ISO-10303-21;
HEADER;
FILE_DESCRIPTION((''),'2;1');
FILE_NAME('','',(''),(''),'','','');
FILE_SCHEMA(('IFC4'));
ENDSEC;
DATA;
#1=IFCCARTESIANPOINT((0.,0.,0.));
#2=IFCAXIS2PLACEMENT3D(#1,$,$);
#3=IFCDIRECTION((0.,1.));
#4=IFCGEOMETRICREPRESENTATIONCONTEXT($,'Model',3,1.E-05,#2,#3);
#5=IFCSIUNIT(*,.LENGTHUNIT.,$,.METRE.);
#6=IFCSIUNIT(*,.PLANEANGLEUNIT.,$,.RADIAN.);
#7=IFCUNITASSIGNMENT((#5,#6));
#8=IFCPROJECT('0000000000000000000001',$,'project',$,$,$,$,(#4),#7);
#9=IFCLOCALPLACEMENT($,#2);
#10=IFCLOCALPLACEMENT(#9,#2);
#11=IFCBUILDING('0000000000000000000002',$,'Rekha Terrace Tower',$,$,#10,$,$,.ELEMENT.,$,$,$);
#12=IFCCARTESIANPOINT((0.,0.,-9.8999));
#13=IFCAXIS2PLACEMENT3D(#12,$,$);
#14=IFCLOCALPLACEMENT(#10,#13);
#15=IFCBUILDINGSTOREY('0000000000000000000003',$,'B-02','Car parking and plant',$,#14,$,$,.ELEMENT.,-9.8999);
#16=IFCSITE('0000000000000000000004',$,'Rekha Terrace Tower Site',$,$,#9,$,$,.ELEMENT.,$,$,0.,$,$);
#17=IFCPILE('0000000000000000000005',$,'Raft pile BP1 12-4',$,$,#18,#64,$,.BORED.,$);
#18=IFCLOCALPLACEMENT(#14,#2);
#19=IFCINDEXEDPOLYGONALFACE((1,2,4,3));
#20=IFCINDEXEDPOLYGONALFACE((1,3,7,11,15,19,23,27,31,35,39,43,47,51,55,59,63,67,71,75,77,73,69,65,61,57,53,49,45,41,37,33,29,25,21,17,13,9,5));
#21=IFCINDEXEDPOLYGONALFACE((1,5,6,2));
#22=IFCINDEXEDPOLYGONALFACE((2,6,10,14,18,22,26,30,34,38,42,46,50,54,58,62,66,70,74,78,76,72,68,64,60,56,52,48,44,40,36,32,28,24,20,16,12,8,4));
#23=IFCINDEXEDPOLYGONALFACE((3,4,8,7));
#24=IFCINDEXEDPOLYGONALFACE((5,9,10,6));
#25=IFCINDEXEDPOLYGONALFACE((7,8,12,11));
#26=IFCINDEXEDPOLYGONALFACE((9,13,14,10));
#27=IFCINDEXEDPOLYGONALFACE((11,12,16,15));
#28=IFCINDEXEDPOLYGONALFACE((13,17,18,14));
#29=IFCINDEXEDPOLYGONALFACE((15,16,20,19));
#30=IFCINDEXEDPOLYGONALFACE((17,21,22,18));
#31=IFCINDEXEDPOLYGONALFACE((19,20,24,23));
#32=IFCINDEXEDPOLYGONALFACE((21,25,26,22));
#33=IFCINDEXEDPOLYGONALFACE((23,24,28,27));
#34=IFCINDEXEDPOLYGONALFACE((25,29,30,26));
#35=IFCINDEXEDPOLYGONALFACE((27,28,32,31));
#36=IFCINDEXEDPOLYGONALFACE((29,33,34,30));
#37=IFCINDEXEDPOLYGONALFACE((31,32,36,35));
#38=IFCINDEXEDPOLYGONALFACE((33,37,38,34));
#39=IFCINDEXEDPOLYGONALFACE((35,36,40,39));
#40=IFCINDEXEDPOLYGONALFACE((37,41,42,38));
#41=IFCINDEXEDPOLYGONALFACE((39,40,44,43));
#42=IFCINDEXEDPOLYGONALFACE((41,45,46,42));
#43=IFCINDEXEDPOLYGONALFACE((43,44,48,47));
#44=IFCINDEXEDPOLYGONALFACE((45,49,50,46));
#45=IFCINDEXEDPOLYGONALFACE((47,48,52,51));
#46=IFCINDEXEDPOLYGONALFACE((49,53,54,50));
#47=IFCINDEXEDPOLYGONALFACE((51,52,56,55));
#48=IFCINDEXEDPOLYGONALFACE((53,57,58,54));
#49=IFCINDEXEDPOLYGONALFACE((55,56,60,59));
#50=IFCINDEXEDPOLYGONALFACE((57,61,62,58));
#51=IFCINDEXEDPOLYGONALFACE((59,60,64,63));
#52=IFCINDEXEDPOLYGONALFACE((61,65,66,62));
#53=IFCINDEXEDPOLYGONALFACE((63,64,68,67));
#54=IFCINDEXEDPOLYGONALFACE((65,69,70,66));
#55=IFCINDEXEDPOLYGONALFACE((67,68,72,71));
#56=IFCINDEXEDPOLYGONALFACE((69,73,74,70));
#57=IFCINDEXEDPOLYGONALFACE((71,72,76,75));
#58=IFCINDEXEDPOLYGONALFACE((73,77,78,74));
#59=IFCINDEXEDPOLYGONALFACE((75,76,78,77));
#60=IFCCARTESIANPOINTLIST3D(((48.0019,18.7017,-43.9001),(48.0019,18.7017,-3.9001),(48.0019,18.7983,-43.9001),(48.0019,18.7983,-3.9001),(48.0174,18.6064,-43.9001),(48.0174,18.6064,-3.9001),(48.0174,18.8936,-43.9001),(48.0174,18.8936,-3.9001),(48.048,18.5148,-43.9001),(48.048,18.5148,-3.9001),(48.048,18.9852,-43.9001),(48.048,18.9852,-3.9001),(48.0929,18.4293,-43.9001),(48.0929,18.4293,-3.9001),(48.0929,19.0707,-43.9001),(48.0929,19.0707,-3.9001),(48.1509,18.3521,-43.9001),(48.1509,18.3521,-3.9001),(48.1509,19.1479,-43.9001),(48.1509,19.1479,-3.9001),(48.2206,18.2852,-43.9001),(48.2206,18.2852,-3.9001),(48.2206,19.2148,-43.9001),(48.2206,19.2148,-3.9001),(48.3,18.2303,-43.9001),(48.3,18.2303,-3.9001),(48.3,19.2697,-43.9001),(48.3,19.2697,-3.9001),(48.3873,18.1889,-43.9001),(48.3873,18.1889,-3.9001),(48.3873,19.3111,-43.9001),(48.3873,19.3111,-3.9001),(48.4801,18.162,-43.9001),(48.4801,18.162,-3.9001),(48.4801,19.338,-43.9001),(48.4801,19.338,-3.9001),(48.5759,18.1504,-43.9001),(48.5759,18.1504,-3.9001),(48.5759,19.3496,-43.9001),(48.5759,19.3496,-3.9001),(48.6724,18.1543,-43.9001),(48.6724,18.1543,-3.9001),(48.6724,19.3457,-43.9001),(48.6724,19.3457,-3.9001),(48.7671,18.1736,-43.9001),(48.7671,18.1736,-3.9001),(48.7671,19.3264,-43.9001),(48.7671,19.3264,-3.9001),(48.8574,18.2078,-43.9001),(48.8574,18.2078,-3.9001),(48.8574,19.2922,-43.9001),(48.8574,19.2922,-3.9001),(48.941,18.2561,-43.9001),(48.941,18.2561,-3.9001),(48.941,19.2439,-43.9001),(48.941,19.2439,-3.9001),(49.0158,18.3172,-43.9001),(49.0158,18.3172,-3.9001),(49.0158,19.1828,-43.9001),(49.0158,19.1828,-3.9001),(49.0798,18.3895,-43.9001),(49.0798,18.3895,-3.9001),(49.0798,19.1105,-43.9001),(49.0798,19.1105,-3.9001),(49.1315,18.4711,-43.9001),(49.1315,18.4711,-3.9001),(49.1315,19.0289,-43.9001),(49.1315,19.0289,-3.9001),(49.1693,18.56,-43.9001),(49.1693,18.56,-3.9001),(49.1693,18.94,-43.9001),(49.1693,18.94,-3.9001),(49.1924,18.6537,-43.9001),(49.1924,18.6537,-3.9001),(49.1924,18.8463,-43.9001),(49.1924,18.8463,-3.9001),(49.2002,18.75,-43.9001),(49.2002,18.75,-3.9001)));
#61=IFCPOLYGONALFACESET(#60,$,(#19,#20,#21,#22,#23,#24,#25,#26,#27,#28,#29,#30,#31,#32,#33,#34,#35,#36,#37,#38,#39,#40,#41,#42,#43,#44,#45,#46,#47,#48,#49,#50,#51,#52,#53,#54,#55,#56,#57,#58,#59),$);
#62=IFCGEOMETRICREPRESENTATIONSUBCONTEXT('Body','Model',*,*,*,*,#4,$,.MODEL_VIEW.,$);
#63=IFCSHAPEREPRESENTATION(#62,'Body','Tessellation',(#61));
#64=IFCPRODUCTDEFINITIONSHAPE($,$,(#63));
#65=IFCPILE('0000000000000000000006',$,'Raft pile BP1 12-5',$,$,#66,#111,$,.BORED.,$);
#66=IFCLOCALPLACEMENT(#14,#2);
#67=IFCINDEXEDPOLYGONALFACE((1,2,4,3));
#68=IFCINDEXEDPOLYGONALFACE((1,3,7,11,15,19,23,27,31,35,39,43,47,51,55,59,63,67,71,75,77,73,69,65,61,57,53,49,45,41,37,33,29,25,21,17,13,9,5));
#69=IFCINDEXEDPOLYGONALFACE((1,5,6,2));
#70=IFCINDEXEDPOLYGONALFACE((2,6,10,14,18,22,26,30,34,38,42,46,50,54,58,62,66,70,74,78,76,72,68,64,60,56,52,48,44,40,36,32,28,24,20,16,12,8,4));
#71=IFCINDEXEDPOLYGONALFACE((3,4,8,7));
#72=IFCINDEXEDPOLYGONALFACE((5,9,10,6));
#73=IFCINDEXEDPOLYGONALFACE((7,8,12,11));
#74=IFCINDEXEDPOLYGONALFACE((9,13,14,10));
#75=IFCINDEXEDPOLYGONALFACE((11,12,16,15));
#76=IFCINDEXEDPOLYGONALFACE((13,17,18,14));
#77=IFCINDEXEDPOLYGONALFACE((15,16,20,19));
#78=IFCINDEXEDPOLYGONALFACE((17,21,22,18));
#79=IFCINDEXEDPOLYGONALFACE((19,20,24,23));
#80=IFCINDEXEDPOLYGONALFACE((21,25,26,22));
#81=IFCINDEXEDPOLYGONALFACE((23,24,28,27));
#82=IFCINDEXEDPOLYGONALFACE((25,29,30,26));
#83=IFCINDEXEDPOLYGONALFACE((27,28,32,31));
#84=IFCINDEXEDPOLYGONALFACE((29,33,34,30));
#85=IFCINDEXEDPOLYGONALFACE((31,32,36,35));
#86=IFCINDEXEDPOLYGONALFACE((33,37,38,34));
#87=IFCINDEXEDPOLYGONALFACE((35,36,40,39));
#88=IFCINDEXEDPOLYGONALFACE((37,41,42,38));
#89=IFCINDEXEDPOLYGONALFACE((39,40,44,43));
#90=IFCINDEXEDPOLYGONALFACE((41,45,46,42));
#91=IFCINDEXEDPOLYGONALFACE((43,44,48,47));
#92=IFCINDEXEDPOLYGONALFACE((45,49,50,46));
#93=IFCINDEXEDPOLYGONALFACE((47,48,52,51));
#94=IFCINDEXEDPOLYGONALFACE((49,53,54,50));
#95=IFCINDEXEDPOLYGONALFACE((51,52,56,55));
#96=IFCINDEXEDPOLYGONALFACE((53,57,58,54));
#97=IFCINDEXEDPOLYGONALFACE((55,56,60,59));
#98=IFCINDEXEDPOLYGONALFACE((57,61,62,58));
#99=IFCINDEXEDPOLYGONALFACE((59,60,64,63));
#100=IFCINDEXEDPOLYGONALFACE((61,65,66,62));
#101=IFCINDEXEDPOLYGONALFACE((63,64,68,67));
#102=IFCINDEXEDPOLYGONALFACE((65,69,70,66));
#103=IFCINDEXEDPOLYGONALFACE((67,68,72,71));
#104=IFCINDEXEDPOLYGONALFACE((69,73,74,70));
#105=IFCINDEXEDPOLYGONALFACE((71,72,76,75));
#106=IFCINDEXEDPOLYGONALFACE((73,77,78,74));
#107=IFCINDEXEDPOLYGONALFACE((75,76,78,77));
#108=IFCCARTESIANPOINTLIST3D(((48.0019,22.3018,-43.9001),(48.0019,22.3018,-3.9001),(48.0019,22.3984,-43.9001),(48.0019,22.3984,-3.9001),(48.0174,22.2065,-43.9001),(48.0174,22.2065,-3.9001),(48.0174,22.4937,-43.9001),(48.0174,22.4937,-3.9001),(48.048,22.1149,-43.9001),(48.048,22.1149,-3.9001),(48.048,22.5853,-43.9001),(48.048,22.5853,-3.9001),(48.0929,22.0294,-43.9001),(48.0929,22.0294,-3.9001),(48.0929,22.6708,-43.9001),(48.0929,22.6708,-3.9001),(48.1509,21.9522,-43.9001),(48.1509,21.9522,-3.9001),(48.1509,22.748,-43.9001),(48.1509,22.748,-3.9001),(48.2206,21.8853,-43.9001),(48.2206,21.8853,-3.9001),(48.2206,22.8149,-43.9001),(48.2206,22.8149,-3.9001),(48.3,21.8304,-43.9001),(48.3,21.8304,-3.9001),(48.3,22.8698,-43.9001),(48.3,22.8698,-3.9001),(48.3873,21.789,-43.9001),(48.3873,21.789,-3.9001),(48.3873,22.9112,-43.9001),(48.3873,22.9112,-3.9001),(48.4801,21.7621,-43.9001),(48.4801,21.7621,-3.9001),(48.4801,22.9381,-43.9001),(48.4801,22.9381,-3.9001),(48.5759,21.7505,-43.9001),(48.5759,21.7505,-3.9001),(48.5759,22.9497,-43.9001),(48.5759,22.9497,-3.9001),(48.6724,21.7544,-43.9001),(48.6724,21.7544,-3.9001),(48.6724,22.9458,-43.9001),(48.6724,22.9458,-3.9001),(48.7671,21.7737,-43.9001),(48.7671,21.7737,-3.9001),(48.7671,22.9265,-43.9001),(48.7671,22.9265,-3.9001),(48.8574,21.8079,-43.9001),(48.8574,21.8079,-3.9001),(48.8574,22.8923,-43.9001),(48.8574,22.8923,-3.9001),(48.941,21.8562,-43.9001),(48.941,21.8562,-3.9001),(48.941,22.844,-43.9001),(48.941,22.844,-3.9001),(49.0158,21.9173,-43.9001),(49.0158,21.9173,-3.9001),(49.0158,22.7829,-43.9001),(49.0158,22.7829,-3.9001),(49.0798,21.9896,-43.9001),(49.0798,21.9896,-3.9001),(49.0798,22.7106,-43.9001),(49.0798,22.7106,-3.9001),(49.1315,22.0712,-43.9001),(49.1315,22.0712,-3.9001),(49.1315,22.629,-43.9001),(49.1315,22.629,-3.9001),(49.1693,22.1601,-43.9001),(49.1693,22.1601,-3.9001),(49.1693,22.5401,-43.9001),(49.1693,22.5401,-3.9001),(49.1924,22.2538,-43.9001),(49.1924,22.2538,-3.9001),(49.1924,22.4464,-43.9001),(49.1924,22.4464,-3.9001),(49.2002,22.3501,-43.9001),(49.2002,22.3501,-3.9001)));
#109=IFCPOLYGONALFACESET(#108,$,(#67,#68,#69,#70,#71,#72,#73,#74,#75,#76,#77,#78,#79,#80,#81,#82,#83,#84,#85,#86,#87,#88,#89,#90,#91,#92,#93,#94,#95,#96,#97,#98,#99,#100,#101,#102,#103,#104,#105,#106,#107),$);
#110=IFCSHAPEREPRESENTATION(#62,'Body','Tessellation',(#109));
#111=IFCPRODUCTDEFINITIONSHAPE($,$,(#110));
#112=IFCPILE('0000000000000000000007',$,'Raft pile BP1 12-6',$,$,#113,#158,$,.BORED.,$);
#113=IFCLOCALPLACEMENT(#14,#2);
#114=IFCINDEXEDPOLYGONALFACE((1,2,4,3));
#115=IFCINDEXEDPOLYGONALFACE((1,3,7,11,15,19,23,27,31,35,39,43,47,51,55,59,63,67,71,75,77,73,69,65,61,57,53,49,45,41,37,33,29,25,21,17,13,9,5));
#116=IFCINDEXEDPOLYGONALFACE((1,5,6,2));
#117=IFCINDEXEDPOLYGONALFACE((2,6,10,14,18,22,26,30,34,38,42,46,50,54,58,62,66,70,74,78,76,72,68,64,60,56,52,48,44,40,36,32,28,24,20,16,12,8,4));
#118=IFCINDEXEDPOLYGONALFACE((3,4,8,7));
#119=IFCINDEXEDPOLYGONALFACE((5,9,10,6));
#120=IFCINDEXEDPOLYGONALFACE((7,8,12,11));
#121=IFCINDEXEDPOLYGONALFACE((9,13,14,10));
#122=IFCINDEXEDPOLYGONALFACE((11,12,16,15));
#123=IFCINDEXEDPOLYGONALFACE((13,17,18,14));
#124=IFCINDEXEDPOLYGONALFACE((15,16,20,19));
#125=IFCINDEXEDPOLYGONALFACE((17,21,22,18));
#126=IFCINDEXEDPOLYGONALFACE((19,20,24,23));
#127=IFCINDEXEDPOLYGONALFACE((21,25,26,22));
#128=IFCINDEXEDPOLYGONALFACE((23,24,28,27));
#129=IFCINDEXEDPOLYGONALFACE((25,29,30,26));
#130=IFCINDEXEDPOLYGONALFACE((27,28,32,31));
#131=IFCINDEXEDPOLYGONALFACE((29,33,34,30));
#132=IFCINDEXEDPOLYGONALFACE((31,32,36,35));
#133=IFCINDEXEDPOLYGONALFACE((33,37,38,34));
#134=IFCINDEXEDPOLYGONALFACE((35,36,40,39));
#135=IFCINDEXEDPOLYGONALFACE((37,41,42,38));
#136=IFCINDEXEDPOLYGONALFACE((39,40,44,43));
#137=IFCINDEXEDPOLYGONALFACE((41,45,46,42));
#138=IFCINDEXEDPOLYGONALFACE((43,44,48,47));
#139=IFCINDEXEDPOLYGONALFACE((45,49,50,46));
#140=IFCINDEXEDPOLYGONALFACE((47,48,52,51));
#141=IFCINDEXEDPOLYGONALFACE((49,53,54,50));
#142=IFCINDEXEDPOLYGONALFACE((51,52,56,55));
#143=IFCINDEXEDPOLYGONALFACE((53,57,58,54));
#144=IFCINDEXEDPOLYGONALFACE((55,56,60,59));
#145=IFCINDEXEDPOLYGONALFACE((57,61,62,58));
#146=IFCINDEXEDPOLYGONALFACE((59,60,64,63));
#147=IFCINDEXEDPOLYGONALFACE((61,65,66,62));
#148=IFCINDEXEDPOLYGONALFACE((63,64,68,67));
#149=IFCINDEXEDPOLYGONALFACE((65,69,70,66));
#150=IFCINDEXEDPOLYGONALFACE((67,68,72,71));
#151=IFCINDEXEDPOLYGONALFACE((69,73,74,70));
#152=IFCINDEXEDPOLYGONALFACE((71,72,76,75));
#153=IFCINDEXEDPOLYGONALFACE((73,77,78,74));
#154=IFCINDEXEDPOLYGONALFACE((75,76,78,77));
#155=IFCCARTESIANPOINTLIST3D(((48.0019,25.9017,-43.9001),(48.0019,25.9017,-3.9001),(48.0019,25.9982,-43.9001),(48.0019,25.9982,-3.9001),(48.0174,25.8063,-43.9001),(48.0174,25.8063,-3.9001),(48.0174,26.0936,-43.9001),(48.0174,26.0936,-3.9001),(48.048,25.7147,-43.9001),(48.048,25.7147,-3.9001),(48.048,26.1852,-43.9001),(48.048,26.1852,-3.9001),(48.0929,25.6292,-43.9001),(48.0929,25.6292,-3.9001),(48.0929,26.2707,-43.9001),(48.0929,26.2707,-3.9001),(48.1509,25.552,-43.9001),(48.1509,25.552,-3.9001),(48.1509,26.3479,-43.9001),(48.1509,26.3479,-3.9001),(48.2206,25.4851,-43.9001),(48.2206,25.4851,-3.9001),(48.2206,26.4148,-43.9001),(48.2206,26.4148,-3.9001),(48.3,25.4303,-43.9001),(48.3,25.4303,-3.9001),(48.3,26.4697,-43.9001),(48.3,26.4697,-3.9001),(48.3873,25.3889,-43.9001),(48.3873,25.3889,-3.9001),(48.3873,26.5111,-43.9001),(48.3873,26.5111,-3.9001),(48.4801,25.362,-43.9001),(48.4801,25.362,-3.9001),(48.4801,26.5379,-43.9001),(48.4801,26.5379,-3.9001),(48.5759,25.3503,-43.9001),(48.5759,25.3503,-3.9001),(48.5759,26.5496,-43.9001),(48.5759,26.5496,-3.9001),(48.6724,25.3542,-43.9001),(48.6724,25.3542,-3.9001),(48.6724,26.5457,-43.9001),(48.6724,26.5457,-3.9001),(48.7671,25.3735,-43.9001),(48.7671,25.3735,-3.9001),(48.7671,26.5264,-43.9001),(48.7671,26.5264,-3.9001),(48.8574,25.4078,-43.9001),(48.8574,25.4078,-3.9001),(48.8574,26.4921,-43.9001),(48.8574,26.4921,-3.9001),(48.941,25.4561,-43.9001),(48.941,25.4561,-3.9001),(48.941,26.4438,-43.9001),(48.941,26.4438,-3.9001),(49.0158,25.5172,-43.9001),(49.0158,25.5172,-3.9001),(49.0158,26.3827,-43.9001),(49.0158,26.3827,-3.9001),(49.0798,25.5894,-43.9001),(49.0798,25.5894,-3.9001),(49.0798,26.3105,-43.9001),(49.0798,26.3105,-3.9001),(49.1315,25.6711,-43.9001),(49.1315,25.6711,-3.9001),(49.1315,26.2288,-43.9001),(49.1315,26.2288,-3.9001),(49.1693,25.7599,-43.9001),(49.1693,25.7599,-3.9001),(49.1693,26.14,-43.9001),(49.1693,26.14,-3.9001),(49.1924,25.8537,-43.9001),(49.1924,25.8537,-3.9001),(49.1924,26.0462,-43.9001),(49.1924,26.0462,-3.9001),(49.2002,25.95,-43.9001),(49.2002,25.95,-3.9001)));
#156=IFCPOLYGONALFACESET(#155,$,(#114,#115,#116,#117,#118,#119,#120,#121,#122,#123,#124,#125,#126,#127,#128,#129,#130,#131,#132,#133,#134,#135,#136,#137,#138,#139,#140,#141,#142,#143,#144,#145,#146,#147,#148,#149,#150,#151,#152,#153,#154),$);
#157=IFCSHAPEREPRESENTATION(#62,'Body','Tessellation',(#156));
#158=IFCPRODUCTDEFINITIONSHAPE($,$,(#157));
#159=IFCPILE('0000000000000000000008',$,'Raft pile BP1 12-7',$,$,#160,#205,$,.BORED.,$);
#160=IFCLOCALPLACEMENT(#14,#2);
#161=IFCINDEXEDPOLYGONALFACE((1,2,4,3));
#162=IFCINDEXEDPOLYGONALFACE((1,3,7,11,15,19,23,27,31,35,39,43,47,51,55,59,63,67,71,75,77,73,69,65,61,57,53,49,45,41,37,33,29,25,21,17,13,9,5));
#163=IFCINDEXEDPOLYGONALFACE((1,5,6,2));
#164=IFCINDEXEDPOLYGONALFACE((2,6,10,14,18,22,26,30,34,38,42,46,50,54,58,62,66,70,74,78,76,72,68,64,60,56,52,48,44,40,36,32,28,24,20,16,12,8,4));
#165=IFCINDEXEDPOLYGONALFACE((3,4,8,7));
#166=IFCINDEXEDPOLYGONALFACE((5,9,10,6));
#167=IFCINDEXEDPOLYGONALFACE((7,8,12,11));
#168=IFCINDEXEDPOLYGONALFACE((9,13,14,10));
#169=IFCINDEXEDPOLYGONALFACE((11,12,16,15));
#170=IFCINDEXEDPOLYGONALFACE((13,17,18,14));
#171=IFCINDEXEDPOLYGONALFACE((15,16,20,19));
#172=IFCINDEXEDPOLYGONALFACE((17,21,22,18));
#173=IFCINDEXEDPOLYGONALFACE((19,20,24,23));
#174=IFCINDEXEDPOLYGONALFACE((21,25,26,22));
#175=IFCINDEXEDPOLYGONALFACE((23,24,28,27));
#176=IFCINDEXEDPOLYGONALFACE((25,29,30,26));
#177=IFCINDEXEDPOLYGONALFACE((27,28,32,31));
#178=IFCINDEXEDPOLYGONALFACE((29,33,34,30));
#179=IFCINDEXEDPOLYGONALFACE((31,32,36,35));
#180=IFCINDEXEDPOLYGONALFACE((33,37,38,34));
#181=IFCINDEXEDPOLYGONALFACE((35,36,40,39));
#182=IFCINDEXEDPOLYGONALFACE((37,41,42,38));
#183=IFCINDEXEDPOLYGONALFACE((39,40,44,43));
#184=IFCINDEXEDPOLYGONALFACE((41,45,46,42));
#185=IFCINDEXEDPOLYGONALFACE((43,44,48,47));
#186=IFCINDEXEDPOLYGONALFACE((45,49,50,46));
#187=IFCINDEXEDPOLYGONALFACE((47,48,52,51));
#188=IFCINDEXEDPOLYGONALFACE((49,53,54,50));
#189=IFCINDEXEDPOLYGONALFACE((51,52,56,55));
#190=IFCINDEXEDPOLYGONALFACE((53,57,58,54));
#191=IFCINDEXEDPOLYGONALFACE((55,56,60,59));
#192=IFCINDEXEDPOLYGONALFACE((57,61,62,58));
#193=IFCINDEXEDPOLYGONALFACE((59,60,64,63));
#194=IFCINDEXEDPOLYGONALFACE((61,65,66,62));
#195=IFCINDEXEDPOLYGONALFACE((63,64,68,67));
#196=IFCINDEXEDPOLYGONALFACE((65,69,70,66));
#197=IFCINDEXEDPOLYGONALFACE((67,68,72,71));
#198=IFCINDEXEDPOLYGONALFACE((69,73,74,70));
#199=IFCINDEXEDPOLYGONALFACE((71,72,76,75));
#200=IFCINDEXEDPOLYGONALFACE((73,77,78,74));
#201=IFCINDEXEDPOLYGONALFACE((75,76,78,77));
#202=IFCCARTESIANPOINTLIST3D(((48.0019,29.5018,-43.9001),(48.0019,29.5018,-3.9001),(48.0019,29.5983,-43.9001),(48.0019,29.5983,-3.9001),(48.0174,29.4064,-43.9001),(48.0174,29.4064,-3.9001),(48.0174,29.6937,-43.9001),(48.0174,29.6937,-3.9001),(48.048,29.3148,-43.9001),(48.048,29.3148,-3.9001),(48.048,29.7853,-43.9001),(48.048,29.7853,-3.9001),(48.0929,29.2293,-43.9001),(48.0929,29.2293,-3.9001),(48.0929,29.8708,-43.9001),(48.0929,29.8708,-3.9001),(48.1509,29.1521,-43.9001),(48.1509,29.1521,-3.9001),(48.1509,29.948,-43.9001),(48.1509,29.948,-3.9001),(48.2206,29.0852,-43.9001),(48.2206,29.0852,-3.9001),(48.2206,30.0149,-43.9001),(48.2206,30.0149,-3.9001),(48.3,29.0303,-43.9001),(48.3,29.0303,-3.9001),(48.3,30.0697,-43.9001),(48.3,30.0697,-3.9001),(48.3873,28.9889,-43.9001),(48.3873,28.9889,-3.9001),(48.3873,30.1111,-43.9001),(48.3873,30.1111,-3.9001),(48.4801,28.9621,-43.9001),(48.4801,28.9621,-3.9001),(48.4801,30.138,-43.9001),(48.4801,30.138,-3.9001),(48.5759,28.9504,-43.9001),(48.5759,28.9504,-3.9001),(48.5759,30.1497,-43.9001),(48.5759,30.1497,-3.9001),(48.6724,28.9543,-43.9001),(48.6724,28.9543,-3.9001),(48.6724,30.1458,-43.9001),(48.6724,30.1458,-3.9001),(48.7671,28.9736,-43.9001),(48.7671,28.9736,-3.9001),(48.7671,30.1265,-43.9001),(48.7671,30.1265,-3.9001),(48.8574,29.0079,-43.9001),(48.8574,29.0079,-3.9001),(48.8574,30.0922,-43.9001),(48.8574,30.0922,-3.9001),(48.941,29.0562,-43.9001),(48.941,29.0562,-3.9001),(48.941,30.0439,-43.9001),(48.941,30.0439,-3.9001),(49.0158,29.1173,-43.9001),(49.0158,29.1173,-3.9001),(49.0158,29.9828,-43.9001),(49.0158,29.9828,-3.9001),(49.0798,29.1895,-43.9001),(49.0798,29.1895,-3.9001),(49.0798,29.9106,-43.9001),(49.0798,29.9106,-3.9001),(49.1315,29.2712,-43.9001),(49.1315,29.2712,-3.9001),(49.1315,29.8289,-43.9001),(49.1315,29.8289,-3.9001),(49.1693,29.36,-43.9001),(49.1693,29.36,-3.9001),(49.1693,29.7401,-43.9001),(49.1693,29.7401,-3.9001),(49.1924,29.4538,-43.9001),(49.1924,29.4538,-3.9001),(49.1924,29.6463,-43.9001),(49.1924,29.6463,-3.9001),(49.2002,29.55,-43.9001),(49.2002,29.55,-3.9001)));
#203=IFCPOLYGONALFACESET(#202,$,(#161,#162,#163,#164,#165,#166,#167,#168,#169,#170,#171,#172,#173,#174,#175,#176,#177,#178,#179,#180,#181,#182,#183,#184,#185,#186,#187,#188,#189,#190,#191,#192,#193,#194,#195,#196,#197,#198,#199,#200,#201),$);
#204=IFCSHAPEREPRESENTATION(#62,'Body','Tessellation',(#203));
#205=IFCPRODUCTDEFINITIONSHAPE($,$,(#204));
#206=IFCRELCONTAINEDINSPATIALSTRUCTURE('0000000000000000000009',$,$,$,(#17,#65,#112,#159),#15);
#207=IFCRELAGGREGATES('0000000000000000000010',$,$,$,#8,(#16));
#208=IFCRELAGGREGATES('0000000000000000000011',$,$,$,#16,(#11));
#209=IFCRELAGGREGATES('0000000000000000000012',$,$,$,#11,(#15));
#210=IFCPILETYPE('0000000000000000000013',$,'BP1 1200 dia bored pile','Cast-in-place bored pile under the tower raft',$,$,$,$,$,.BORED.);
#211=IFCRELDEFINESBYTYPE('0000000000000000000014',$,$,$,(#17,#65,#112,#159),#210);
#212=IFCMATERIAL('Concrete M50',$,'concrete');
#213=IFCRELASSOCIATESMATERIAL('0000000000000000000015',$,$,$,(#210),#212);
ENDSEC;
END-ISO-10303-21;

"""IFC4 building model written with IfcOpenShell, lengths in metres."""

from ifc_helpers import new_model, si_unit, direction, frame, origin, origin_2d, place, context, subcontext, project, spatial, circle, extrude, material, type_object, element, save


model = new_model("IFC4")

# Units and contexts
model_context = context("Model", 3, precision=1e-05, world=origin(), true_north=direction((0.0, 1.0)))
body_context = subcontext(model_context, "Body", "Model", "MODEL_VIEW")
ifc_project = project(units=[si_unit("LENGTHUNIT", "METRE"), si_unit("PLANEANGLEUNIT", "RADIAN")], contexts=[model_context])

# Site, building, storey
site_placement = place(None, origin())
site = spatial("IfcSite", under=ifc_project, at=site_placement, Name="Rekha Terrace Tower Site", CompositionType="ELEMENT", RefElevation=0.0)
building_placement = place(site_placement, origin())
building = spatial("IfcBuilding", under=site, at=building_placement, Name="Rekha Terrace Tower", CompositionType="ELEMENT")
storey_placement = place(building_placement, frame((0.0, 0.0, -9.8999)))
storey = spatial("IfcBuildingStorey", under=building, at=storey_placement, Name="B-02", Description="Car parking and plant", CompositionType="ELEMENT", Elevation=-9.8999)

# Piles
ifc_material_1 = material(Name="Concrete M50", Category="concrete")
pile_type = type_object("IfcPileType", Name="BP1 1200 dia bored pile", Description="Cast-in-place bored pile under the tower raft", PredefinedType="BORED", material=ifc_material_1)
for number, where, z_axis, x_axis, name in (
    (1, (48.6001, 18.75, -3.9001), (0.0, 0.0, -1.0), (1.0, 0.0, 0.0), "Raft pile BP1 12-4"),
    (2, (48.6001, 22.3501, -3.9001), (0.0, 0.0, -1.0), (1.0, 0.0, 0.0), "Raft pile BP1 12-5"),
    (3, (48.6001, 25.95, -3.9001), (0.0, 0.0, -1.0), (1.0, 0.0, 0.0), "Raft pile BP1 12-6"),
    (4, (48.6001, 29.55, -3.9001), (0.0, 0.0, -1.0), (1.0, 0.0, 0.0), "Raft pile BP1 12-7"),
):
    element("IfcPile", number, at=place(storey_placement, frame(where, z_axis=z_axis, x_axis=x_axis)), inside=storey, type_object=pile_type, Name=name, PredefinedType="BORED", context=body_context, shape_type="SweptSolid", body=[
        extrude(circle(Radius=0.6001, at=origin_2d()), origin(), (0.0, 0.0, 1.0), 40.0),
    ])

save(model, "model.ifc")
